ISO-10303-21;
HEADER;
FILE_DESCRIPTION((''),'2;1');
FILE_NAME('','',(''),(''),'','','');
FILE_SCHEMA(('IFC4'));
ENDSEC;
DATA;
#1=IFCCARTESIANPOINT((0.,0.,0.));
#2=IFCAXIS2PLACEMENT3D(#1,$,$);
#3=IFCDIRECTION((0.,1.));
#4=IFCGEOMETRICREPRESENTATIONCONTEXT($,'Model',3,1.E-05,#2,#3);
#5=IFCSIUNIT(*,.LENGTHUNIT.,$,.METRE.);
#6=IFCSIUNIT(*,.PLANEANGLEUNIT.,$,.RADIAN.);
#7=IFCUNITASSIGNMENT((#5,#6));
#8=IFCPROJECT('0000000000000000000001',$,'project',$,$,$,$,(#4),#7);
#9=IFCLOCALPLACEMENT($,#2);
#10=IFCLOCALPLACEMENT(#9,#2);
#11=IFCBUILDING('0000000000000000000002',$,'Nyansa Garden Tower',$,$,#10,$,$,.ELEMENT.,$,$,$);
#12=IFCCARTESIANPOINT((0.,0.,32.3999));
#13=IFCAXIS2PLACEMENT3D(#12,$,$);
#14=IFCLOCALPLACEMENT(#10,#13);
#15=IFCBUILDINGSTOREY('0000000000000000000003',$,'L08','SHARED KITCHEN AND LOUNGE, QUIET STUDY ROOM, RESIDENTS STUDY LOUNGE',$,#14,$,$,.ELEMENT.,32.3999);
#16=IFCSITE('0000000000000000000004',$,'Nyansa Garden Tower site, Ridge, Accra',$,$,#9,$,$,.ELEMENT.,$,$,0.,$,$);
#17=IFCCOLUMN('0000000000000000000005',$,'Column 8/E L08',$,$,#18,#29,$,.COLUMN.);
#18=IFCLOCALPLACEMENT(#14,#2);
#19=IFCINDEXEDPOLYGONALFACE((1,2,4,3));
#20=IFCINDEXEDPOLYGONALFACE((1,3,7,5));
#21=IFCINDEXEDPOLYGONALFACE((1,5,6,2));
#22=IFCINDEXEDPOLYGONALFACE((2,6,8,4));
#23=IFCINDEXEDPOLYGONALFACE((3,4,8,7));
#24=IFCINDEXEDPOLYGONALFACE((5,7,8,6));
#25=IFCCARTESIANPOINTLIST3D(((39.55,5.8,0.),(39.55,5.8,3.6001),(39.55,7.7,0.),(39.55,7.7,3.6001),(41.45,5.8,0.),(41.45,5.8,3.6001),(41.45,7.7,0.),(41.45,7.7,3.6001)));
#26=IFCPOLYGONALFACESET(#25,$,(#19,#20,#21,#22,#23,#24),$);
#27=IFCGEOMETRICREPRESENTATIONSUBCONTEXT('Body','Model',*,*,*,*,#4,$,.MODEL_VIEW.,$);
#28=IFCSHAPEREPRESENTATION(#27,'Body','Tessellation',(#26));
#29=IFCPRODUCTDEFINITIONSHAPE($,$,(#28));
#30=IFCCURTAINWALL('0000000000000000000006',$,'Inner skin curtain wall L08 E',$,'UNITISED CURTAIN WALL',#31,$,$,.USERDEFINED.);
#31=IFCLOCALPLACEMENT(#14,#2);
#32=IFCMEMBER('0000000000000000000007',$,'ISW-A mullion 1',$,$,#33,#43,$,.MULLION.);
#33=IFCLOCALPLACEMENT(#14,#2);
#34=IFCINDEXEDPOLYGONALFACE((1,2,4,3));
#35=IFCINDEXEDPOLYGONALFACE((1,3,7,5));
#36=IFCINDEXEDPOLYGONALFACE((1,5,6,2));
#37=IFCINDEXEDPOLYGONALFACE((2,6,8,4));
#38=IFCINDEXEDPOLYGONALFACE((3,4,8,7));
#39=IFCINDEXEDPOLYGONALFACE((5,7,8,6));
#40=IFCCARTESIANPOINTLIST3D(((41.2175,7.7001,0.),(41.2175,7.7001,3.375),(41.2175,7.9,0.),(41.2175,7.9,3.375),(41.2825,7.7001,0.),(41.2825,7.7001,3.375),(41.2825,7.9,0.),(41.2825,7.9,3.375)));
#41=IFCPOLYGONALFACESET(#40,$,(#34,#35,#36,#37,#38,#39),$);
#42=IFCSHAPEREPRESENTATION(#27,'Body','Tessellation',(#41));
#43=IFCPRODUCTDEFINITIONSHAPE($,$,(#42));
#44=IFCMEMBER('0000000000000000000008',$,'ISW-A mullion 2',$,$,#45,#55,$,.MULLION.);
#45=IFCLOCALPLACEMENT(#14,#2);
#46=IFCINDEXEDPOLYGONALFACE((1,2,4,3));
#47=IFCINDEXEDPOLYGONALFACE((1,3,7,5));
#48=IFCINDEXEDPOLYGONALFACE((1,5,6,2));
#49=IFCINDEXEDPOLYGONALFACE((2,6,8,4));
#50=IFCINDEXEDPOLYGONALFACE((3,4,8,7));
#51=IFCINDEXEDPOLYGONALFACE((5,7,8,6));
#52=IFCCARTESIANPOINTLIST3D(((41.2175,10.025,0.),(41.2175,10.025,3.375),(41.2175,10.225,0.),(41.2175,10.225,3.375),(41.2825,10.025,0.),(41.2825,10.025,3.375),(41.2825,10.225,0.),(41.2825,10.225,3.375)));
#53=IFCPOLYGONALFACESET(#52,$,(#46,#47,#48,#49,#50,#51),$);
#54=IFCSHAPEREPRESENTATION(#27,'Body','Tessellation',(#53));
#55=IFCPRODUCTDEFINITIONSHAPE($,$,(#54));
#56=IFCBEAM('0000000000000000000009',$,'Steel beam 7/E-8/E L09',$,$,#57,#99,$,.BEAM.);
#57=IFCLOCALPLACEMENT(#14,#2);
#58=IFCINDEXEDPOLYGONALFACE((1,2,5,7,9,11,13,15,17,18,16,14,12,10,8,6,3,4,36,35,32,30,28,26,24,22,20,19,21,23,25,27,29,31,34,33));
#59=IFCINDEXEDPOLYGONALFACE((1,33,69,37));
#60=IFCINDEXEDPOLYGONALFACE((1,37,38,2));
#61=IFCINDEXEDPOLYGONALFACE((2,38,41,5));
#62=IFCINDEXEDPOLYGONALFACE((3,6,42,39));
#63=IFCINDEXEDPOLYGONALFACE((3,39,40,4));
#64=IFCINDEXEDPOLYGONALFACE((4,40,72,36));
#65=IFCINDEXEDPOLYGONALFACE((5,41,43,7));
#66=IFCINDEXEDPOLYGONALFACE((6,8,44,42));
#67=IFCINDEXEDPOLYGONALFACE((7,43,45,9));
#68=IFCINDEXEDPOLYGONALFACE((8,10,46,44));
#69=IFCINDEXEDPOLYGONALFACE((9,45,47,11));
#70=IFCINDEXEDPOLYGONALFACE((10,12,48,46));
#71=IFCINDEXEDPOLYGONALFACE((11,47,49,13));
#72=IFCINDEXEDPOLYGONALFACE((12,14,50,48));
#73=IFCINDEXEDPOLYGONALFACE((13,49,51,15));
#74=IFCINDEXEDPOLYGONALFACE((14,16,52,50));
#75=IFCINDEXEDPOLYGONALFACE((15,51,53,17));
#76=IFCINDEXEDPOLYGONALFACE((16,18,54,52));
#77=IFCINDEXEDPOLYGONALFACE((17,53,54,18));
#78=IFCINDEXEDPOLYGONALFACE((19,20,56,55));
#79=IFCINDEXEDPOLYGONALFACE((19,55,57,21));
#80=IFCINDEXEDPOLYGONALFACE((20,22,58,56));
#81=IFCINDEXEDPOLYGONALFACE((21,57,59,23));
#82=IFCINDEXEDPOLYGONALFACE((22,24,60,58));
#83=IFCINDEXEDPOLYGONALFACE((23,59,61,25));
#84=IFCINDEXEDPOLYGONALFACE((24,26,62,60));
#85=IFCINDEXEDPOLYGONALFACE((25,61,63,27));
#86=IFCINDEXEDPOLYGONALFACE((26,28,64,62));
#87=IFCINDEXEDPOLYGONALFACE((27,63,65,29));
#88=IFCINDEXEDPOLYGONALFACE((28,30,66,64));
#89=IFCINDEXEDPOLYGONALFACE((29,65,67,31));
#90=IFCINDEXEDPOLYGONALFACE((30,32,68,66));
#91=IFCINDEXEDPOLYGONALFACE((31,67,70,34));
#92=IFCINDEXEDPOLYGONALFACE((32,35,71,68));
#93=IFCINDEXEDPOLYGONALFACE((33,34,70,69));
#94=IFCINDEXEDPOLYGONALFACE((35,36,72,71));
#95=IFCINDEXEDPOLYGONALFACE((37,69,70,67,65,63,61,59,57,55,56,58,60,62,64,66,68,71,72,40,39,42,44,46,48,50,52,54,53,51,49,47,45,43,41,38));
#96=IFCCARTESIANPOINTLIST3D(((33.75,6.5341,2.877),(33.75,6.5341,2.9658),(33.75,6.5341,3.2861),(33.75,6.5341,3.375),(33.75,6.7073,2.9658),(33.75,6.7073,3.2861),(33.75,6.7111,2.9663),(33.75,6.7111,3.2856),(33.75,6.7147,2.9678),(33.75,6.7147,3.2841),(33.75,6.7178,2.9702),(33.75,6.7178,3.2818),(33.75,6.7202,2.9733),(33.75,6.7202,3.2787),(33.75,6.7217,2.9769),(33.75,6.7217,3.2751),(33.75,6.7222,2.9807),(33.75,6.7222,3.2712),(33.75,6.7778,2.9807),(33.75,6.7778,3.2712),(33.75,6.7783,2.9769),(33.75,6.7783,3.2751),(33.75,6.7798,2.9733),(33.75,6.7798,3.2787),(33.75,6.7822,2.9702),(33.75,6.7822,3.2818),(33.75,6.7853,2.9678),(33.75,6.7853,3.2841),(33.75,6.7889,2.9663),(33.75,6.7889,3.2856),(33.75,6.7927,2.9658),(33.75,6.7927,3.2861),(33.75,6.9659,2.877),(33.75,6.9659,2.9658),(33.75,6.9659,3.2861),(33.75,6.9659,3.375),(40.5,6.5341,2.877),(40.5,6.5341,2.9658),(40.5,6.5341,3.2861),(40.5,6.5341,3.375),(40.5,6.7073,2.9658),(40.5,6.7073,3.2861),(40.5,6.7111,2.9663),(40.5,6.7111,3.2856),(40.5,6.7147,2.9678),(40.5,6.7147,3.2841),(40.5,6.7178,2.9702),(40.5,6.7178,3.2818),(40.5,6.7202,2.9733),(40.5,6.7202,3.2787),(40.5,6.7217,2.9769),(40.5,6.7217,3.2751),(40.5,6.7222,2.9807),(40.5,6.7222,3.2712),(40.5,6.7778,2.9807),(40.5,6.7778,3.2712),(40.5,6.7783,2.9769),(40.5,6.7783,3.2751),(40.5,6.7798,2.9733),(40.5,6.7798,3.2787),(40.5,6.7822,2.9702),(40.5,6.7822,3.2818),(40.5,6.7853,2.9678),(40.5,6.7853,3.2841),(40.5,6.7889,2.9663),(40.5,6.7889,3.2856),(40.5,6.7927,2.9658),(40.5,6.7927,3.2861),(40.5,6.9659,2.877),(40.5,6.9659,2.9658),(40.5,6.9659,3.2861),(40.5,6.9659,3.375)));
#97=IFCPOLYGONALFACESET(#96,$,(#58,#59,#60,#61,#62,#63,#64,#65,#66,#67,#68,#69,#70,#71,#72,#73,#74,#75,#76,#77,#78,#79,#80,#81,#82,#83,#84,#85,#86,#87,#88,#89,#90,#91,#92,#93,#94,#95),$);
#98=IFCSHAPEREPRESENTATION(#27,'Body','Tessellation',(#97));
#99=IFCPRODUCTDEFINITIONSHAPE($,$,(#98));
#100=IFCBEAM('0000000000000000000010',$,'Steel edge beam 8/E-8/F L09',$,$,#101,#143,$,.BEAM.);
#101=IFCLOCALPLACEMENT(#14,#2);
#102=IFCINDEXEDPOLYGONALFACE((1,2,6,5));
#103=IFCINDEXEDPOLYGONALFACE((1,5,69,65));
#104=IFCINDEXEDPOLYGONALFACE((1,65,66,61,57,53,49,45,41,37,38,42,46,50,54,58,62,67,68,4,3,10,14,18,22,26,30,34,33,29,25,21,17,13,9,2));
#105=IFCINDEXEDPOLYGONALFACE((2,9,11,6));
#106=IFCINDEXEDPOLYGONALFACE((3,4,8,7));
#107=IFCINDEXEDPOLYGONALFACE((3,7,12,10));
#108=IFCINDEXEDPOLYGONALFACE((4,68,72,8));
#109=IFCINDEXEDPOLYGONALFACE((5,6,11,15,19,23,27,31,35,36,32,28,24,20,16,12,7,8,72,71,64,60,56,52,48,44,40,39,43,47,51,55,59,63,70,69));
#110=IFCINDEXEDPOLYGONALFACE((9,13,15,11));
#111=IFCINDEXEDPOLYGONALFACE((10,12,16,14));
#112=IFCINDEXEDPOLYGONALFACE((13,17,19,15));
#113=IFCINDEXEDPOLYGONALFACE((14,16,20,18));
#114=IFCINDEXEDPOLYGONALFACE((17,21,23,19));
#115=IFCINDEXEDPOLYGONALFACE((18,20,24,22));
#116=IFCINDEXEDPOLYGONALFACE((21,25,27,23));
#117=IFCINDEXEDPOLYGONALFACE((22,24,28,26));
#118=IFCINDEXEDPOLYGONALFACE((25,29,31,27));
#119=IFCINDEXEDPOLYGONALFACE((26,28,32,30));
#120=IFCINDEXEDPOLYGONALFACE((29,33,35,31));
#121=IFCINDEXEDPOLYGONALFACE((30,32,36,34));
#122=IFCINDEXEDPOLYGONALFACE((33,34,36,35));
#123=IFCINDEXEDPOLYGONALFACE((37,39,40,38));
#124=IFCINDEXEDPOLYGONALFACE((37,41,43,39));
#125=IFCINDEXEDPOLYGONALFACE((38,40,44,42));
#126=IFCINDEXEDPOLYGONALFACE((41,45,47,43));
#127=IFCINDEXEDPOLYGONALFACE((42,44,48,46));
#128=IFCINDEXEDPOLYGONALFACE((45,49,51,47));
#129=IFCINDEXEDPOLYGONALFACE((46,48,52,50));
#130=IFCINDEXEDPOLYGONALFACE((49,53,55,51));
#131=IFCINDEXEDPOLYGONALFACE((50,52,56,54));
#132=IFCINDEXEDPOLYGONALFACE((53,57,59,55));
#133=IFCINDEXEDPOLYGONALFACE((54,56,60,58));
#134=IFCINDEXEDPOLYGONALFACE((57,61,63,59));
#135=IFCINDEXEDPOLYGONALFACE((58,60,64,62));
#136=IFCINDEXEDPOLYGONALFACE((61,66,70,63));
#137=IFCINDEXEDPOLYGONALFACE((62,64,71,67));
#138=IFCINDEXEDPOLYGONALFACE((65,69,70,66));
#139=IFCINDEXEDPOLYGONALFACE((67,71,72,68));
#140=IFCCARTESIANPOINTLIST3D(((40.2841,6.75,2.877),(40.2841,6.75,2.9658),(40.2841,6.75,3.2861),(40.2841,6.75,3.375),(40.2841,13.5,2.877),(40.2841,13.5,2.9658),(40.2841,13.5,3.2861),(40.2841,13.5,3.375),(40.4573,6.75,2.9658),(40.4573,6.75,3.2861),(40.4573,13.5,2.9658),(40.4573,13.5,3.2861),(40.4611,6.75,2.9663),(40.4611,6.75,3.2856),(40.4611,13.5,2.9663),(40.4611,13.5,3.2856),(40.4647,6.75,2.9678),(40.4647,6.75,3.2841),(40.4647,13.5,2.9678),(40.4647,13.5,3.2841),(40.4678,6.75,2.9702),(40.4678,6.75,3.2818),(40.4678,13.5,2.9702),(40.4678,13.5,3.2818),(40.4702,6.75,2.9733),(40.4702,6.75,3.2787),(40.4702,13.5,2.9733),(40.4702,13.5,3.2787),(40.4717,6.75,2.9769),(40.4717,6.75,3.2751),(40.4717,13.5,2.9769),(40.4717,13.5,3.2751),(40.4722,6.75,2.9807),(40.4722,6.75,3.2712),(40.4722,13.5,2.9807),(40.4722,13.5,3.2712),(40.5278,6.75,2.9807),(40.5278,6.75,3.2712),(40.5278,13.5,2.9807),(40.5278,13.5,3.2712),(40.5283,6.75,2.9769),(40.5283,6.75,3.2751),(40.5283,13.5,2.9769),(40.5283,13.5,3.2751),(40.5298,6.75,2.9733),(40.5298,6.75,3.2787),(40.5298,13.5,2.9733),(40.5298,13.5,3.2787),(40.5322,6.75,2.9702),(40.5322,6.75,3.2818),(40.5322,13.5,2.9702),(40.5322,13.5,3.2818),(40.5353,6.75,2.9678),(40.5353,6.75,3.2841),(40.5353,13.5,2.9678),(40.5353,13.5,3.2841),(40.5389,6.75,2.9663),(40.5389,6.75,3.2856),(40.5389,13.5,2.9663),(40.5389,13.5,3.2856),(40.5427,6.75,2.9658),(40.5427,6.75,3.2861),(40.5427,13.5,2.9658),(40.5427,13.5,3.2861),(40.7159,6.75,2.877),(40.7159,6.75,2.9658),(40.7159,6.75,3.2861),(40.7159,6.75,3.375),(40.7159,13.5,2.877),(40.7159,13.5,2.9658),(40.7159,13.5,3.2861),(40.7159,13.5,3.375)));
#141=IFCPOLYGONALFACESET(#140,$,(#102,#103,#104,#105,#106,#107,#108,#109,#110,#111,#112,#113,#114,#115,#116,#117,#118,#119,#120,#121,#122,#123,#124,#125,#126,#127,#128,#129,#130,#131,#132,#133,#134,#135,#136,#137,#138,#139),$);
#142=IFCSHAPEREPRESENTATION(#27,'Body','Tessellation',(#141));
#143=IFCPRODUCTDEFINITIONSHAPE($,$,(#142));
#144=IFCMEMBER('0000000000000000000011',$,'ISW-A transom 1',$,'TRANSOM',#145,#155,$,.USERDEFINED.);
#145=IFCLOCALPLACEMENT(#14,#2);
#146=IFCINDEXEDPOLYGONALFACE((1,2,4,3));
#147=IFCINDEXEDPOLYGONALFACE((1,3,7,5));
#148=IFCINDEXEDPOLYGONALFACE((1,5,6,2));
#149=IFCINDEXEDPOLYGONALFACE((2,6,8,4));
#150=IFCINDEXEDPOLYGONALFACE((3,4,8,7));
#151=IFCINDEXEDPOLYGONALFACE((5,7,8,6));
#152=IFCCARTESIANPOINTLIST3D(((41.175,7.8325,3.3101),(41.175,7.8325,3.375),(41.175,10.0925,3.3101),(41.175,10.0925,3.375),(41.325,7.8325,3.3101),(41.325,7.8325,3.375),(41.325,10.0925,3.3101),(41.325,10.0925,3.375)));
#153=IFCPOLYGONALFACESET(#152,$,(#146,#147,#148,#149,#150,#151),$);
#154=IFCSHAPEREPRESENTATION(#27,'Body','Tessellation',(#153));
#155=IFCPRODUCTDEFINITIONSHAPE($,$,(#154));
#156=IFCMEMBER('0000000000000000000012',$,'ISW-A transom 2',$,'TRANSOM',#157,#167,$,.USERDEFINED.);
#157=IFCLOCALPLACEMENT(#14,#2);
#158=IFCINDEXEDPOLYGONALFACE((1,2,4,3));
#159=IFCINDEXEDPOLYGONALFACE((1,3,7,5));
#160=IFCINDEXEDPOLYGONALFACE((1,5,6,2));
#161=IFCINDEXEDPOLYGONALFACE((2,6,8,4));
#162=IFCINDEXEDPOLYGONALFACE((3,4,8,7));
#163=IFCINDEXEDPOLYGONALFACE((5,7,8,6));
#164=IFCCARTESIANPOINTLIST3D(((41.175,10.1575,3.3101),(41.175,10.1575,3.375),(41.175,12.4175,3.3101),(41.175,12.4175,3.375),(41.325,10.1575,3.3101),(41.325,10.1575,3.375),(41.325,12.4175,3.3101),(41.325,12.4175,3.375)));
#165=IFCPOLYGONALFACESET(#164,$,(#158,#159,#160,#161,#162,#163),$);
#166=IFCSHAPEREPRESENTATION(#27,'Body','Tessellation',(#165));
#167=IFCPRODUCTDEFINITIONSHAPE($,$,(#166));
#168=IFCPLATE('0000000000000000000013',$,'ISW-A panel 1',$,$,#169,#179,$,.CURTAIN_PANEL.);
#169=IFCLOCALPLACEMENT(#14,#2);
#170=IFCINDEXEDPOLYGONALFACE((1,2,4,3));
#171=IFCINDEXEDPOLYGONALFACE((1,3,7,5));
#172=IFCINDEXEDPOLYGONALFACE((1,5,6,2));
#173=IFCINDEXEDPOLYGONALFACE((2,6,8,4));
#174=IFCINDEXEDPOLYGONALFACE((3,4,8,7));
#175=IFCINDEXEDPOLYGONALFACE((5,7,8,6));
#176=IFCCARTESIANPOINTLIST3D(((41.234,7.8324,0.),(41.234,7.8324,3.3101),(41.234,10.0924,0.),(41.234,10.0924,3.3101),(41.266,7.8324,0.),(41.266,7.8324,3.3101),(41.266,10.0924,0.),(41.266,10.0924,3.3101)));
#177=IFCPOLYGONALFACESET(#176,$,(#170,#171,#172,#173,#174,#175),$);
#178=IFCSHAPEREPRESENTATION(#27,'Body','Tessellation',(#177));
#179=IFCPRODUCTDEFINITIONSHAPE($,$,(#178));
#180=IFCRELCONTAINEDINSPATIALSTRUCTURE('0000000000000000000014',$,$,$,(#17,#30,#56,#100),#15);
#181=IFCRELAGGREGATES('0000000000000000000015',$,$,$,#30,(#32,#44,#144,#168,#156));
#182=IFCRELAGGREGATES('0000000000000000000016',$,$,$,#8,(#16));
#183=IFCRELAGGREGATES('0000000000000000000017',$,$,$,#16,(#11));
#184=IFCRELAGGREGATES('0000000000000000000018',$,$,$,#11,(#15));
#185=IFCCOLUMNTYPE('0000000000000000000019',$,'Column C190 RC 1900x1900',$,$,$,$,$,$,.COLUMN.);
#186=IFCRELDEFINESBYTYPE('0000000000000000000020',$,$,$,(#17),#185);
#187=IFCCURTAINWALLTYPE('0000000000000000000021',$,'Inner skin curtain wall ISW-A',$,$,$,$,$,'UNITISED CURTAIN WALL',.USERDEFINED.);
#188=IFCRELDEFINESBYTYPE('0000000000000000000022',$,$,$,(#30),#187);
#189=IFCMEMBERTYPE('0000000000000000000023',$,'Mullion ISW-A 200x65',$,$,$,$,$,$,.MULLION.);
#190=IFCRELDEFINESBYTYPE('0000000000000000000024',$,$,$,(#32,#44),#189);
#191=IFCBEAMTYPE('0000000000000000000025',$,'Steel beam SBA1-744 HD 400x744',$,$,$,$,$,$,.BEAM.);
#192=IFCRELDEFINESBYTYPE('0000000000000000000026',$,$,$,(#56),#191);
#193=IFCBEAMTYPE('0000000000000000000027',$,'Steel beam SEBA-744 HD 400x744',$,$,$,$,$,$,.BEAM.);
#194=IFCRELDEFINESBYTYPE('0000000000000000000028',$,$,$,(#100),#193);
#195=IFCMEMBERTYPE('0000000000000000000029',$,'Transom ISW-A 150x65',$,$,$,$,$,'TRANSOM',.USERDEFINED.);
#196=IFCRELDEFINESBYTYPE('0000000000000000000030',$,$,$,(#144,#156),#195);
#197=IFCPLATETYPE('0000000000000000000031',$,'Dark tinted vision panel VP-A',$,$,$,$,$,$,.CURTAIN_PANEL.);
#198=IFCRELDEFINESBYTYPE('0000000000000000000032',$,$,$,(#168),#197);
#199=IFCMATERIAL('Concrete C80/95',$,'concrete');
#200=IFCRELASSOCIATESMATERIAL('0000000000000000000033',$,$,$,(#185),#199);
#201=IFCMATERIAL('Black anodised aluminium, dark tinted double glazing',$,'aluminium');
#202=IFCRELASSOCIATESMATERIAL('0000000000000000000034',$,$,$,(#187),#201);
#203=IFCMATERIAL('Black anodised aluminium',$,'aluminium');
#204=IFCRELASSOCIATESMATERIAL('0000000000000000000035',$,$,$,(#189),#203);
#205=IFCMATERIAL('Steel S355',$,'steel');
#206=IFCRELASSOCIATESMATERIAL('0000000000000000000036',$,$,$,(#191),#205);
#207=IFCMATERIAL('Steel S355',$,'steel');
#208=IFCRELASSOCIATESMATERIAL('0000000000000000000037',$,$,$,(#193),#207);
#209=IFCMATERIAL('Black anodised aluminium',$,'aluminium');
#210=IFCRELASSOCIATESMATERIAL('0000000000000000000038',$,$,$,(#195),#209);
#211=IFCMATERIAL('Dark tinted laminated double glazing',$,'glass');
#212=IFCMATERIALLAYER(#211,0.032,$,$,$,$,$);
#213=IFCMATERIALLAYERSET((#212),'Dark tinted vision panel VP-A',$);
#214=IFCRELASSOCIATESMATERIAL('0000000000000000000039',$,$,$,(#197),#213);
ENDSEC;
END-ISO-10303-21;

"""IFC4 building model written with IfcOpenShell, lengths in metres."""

from ifc_helpers import new_model, si_unit, direction, frame, origin, origin_2d, place, context, subcontext, project, spatial, rectangle, i_section, extrude, material, layer, layer_set, material_profile, profile_set, type_object, element, aggregate, save


model = new_model("IFC4")

# Units and contexts
model_context = context("Model", 3, precision=1e-05, world=origin(), true_north=direction((0.0, 1.0)))
body_context = subcontext(model_context, "Body", "Model", "MODEL_VIEW")
ifc_project = project(units=[si_unit("LENGTHUNIT", "METRE"), si_unit("PLANEANGLEUNIT", "RADIAN")], contexts=[model_context])

# Site, building, storey
site_placement = place(None, origin())
site = spatial("IfcSite", under=ifc_project, at=site_placement, Name="Nyansa Garden Tower site, Ridge, Accra", CompositionType="ELEMENT", RefElevation=0.0)
building_placement = place(site_placement, origin())
building = spatial("IfcBuilding", under=site, at=building_placement, Name="Nyansa Garden Tower", CompositionType="ELEMENT")
storey_placement = place(building_placement, frame((0.0, 0.0, 32.3999)))
storey = spatial("IfcBuildingStorey", under=building, at=storey_placement, Name="L08", Description="SHARED KITCHEN AND LOUNGE, QUIET STUDY ROOM, RESIDENTS STUDY LOUNGE", CompositionType="ELEMENT", Elevation=32.3999)

# Column
ifc_material_1 = material(Name="Concrete C80/95", Category="concrete")
ifc_material_profile_1 = material_profile(ifc_material_1, rectangle(XDim=1.8999, YDim=1.8999, at=origin_2d()), Name="RC 1900x1900")
ifc_profile_set_1 = profile_set([ifc_material_profile_1], Name="Concrete C80/95")
column_type = type_object("IfcColumnType", Name="Column C190 RC 1900x1900", PredefinedType="COLUMN", material=ifc_profile_set_1)
column_placement = place(storey_placement, frame((40.5, 6.75, 0.0), z_axis=(0.0, 0.0, 1.0), x_axis=(1.0, 0.0, 0.0)))
element("IfcColumn", 1, at=column_placement, inside=storey, type_object=column_type, Name="Column 8/E L08", PredefinedType="COLUMN", context=body_context, shape_type="SweptSolid", body=[
    extrude(rectangle(XDim=1.8999, YDim=1.8999, at=origin_2d()), origin(), (0.0, 0.0, 1.0), 3.6001),
])

# Curtain wall, members
ifc_material_2 = material(Name="Black anodised aluminium, dark tinted double glazing", Category="aluminium")
curtain_wall_type = type_object("IfcCurtainWallType", Name="Inner skin curtain wall ISW-A", ElementType="UNITISED CURTAIN WALL", PredefinedType="USERDEFINED", material=ifc_material_2)
curtain_wall_placement = place(storey_placement, origin())
curtain_wall = element("IfcCurtainWall", 2, at=curtain_wall_placement, inside=storey, type_object=curtain_wall_type, Name="Inner skin curtain wall L08 E", ObjectType="UNITISED CURTAIN WALL", PredefinedType="USERDEFINED")
ifc_material_3 = material(Name="Black anodised aluminium", Category="aluminium")
ifc_material_profile_2 = material_profile(ifc_material_3, rectangle(XDim=0.0649, YDim=0.2, at=origin_2d()), Name="Mullion 200x65")
ifc_profile_set_2 = profile_set([ifc_material_profile_2], Name="Black anodised aluminium")
member_type_1 = type_object("IfcMemberType", Name="Mullion ISW-A 200x65", PredefinedType="MULLION", material=ifc_profile_set_2)
member_1_placement = place(storey_placement, frame((41.25, 7.8, 0.0), z_axis=(0.0, 0.0, 1.0), x_axis=(-1.0, 0.0, 0.0)))
member_1 = element("IfcMember", 3, at=member_1_placement, type_object=member_type_1, Name="ISW-A mullion 1", PredefinedType="MULLION", context=body_context, shape_type="SweptSolid", body=[
    extrude(rectangle(XDim=0.0649, YDim=0.2, at=origin_2d()), origin(), (0.0, 0.0, 1.0), 3.375),
])
member_2_placement = place(storey_placement, frame((41.25, 10.125, 0.0), z_axis=(0.0, 0.0, 1.0), x_axis=(-1.0, 0.0, 0.0)))
member_2 = element("IfcMember", 4, at=member_2_placement, type_object=member_type_1, Name="ISW-A mullion 2", PredefinedType="MULLION", context=body_context, shape_type="SweptSolid", body=[
    extrude(rectangle(XDim=0.0649, YDim=0.2, at=origin_2d()), origin(), (0.0, 0.0, 1.0), 3.375),
])

# Beams
ifc_material_4 = material(Name="Steel S355", Category="steel")
ifc_material_profile_3 = material_profile(ifc_material_4, i_section(OverallWidth=0.4319, OverallDepth=0.498, WebThickness=0.0557, FlangeThickness=0.0889, FilletRadius=0.0149, at=origin_2d()), Name="HD 400x744")
ifc_profile_set_3 = profile_set([ifc_material_profile_3], Name="Steel S355")
beam_type_1 = type_object("IfcBeamType", Name="Steel beam SBA1-744 HD 400x744", PredefinedType="BEAM", material=ifc_profile_set_3)
beam_1_placement = place(storey_placement, frame((33.75, 6.75, 3.126), z_axis=(1.0, 0.0, 0.0), x_axis=(0.0, 1.0, 0.0)))
element("IfcBeam", 5, at=beam_1_placement, inside=storey, type_object=beam_type_1, Name="Steel beam 7/E-8/E L09", PredefinedType="BEAM", context=body_context, shape_type="SweptSolid", body=[
    extrude(i_section(OverallWidth=0.4319, OverallDepth=0.498, WebThickness=0.0557, FlangeThickness=0.0889, FilletRadius=0.0149, at=origin_2d()), origin(), (0.0, 0.0, 1.0), 6.75),
])
ifc_material_5 = material(Name="Steel S355", Category="steel")
ifc_material_profile_4 = material_profile(ifc_material_5, i_section(OverallWidth=0.4319, OverallDepth=0.498, WebThickness=0.0557, FlangeThickness=0.0889, FilletRadius=0.0149, at=origin_2d()), Name="HD 400x744")
ifc_profile_set_4 = profile_set([ifc_material_profile_4], Name="Steel S355")
beam_type_2 = type_object("IfcBeamType", Name="Steel beam SEBA-744 HD 400x744", PredefinedType="BEAM", material=ifc_profile_set_4)
beam_2_placement = place(storey_placement, frame((40.5, 6.75, 3.126), z_axis=(0.0, 1.0, 0.0), x_axis=(-1.0, 0.0, 0.0)))
element("IfcBeam", 6, at=beam_2_placement, inside=storey, type_object=beam_type_2, Name="Steel edge beam 8/E-8/F L09", PredefinedType="BEAM", context=body_context, shape_type="SweptSolid", body=[
    extrude(i_section(OverallWidth=0.4319, OverallDepth=0.498, WebThickness=0.0557, FlangeThickness=0.0889, FilletRadius=0.0149, at=origin_2d()), origin(), (0.0, 0.0, 1.0), 6.75),
])

# Members
ifc_material_6 = material(Name="Black anodised aluminium", Category="aluminium")
ifc_material_profile_5 = material_profile(ifc_material_6, rectangle(XDim=0.1499, YDim=0.0649, at=origin_2d()), Name="Transom 150x65")
ifc_profile_set_5 = profile_set([ifc_material_profile_5], Name="Black anodised aluminium")
member_type_2 = type_object("IfcMemberType", Name="Transom ISW-A 150x65", ElementType="TRANSOM", PredefinedType="USERDEFINED", material=ifc_profile_set_5)
member_3_placement = place(storey_placement, frame((41.25, 7.8325, 3.3425), z_axis=(0.0, 1.0, 0.0), x_axis=(-1.0, 0.0, 0.0)))
member_3 = element("IfcMember", 7, at=member_3_placement, type_object=member_type_2, Name="ISW-A transom 1", ObjectType="TRANSOM", PredefinedType="USERDEFINED", context=body_context, shape_type="SweptSolid", body=[
    extrude(rectangle(XDim=0.1499, YDim=0.0649, at=origin_2d()), origin(), (0.0, 0.0, 1.0), 2.26),
])
member_4_placement = place(storey_placement, frame((41.25, 10.1575, 3.3425), z_axis=(0.0, 1.0, 0.0), x_axis=(-1.0, 0.0, 0.0)))
member_4 = element("IfcMember", 8, at=member_4_placement, type_object=member_type_2, Name="ISW-A transom 2", ObjectType="TRANSOM", PredefinedType="USERDEFINED", context=body_context, shape_type="SweptSolid", body=[
    extrude(rectangle(XDim=0.1499, YDim=0.0649, at=origin_2d()), origin(), (0.0, 0.0, 1.0), 2.26),
])

# Plate
ifc_material_7 = material(Name="Dark tinted laminated double glazing", Category="glass")
ifc_layer_1 = layer(ifc_material_7, 0.032)
ifc_layer_set_1 = layer_set([ifc_layer_1], Name="Dark tinted vision panel VP-A")
plate_type = type_object("IfcPlateType", Name="Dark tinted vision panel VP-A", PredefinedType="CURTAIN_PANEL", material=ifc_layer_set_1)
plate_1_placement = place(storey_placement, frame((41.25, 8.9624, 0.0), z_axis=(0.0, 0.0, 1.0), x_axis=(0.0, 1.0, 0.0)))
plate_1 = element("IfcPlate", 9, at=plate_1_placement, type_object=plate_type, Name="ISW-A panel 1", PredefinedType="CURTAIN_PANEL", context=body_context, shape_type="SweptSolid", body=[
    extrude(rectangle(XDim=2.26, YDim=0.032, at=origin_2d()), origin(), (0.0, 0.0, 1.0), 3.3101),
])
aggregate(curtain_wall, [member_1, member_2, member_3, plate_1, member_4])

save(model, "model.ifc")
